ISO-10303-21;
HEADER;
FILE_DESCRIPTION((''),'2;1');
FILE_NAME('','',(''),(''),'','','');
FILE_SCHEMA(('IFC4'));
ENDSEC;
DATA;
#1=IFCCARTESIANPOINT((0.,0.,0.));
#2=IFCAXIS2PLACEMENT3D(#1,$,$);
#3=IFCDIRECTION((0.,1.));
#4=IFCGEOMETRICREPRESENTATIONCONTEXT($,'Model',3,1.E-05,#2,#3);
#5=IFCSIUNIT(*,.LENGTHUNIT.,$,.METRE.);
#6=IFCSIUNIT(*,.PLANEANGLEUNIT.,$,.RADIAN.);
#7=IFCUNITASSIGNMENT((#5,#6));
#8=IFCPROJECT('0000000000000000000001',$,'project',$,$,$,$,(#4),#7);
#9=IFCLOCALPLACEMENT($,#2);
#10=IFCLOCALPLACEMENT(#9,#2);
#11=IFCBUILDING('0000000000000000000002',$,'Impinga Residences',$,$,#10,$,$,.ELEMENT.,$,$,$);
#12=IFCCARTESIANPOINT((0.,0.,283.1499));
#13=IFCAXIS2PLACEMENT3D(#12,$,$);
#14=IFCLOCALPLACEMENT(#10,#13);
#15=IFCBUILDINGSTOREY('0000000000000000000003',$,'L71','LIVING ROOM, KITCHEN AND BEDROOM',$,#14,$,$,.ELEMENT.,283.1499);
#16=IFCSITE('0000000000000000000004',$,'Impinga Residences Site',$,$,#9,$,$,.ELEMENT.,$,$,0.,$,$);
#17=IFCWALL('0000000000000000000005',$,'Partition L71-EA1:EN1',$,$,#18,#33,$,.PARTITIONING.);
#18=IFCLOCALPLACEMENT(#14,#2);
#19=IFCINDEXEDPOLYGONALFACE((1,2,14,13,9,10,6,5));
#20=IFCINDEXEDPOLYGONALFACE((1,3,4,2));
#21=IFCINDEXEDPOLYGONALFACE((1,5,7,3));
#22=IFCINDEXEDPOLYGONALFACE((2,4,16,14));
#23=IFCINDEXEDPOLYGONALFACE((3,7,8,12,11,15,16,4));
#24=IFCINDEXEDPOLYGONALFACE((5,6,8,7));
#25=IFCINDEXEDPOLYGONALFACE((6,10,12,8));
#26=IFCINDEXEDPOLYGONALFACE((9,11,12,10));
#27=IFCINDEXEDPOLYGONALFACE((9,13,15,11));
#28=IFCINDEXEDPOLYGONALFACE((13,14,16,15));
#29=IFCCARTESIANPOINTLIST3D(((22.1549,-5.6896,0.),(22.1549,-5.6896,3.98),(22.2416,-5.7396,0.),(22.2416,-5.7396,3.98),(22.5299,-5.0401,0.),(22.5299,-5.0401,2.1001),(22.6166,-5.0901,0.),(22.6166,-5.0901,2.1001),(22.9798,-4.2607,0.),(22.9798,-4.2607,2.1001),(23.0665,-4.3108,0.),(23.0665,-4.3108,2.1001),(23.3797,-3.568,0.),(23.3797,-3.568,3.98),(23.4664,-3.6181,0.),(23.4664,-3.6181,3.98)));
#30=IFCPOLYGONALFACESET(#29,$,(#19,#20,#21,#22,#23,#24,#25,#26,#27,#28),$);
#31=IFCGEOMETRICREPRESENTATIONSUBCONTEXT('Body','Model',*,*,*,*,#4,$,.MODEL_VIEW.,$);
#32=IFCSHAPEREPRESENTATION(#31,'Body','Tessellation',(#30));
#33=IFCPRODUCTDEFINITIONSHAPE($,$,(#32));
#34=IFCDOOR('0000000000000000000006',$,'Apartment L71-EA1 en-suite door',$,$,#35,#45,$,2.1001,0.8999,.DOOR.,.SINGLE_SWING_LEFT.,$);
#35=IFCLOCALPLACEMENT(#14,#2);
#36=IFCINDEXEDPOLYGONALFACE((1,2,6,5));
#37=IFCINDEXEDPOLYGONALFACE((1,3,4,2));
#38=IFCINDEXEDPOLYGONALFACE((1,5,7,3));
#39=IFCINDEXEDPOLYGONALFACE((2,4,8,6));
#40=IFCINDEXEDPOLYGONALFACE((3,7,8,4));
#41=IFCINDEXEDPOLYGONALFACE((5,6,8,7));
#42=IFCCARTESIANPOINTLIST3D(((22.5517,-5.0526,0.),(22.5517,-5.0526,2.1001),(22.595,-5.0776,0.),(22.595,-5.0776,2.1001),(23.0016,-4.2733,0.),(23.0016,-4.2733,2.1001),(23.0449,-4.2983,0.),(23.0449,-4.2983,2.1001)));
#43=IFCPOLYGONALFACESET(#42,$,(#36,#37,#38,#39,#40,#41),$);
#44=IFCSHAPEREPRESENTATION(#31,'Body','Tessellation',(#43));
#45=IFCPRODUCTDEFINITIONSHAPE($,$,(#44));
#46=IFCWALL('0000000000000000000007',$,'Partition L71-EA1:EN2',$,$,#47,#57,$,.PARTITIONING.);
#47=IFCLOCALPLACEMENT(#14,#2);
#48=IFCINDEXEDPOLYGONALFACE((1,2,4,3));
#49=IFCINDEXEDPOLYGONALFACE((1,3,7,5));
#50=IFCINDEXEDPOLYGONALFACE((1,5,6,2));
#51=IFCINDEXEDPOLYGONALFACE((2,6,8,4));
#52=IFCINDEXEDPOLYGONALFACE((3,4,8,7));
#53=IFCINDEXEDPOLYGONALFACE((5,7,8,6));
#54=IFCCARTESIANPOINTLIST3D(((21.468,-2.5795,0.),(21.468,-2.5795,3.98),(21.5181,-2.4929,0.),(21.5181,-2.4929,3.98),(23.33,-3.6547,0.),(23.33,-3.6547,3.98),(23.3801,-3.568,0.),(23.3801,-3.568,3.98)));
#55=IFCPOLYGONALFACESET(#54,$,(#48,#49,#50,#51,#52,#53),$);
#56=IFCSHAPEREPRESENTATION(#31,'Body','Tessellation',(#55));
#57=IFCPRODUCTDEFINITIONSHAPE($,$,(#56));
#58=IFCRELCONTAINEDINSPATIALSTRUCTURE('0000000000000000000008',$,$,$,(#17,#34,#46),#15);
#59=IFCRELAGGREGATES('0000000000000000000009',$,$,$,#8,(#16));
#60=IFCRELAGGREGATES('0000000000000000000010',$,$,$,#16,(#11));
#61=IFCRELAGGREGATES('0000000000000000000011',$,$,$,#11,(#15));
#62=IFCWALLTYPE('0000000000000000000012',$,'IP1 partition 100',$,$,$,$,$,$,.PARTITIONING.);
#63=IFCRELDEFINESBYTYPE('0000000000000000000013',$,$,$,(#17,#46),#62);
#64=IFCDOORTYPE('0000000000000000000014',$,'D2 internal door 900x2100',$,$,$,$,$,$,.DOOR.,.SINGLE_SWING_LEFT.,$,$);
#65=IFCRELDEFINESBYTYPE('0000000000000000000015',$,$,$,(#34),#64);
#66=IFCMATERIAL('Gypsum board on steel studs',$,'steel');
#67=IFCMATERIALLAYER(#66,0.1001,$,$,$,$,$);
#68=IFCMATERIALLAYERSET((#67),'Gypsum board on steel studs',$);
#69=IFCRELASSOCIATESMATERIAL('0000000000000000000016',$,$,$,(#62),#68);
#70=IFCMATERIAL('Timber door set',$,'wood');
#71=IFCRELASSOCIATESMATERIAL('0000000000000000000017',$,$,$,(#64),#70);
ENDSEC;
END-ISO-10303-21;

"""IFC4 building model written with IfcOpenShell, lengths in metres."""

from ifc_helpers import new_model, si_unit, direction, frame, frame_2d, origin, place, context, subcontext, project, spatial, rectangle, extrude, material, layer, layer_set, type_object, element, fill, save


model = new_model("IFC4")

# Units and contexts
model_context = context("Model", 3, precision=1e-05, world=origin(), true_north=direction((0.0, 1.0)))
body_context = subcontext(model_context, "Body", "Model", "MODEL_VIEW")
ifc_project = project(units=[si_unit("LENGTHUNIT", "METRE"), si_unit("PLANEANGLEUNIT", "RADIAN")], contexts=[model_context])

# Site, building, storey
site_placement = place(None, origin())
site = spatial("IfcSite", under=ifc_project, at=site_placement, Name="Impinga Residences Site", CompositionType="ELEMENT", RefElevation=0.0)
building_placement = place(site_placement, origin())
building = spatial("IfcBuilding", under=site, at=building_placement, Name="Impinga Residences", CompositionType="ELEMENT")
storey_placement = place(building_placement, frame((0.0, 0.0, 283.1499)))
storey = spatial("IfcBuildingStorey", under=building, at=storey_placement, Name="L71", Description="LIVING ROOM, KITCHEN AND BEDROOM", CompositionType="ELEMENT", Elevation=283.1499)

# Shared definitions
ifc_material_1 = material(Name="Gypsum board on steel studs", Category="steel")
ifc_layer_1 = layer(ifc_material_1, 0.1001)
ifc_layer_set_1 = layer_set([ifc_layer_1], Name="Gypsum board on steel studs")
wall_type_1 = type_object("IfcWallType", Name="IP1 partition 100", PredefinedType="PARTITIONING", material=ifc_layer_set_1)

# Wall, opening, door
wall_1_placement = place(storey_placement, frame((22.1982, -5.7146, 0.0), z_axis=(0.0, 0.0, 1.0), x_axis=(0.499987, 0.866033, 0.0)))
wall_1 = element("IfcWall", 1, at=wall_1_placement, inside=storey, type_object=wall_type_1, Name="Partition L71-EA1:EN1", PredefinedType="PARTITIONING", context=body_context, shape_type="SweptSolid", body=[
    extrude(rectangle(XDim=2.4497, YDim=0.1001, at=frame_2d((1.2249, 0.0))), origin(), (0.0, 0.0, 1.0), 3.98),
])
opening_placement = place(wall_1_placement, frame((0.75, 0.0, 0.0)))
opening = element("IfcOpeningElement", 2, at=opening_placement, cuts=wall_1, PredefinedType="OPENING", context=body_context, shape_type="SweptSolid", body=[
    extrude(rectangle(XDim=0.8999, YDim=2.1001, at=frame_2d((0.45, 1.05))), frame((0.0, 0.0601, 0.0), z_axis=(0.0, -1.0, 0.0), x_axis=(1.0, 0.0, 0.0)), (0.0, 0.0, 1.0), 0.1201),
])
ifc_material_2 = material(Name="Timber door set", Category="wood")
door_type = type_object("IfcDoorType", Name="D2 internal door 900x2100", OperationType="SINGLE_SWING_LEFT", PredefinedType="DOOR", material=ifc_material_2)
door_placement = place(opening_placement, origin())
door = element("IfcDoor", 3, at=door_placement, inside=storey, type_object=door_type, Name="Apartment L71-EA1 en-suite door", OperationType="SINGLE_SWING_LEFT", OverallHeight=2.1001, OverallWidth=0.8999, PredefinedType="DOOR", context=body_context, shape_type="SweptSolid", body=[
    extrude(rectangle(XDim=0.8999, YDim=2.1001, at=frame_2d((0.45, 1.05))), frame((0.0, 0.0249, 0.0), z_axis=(0.0, -1.0, 0.0), x_axis=(1.0, 0.0, 0.0)), (0.0, 0.0, 1.0), 0.05),
])
fill(opening, door)

# Wall
wall_2_placement = place(storey_placement, frame((21.4929, -2.5361, 0.0), z_axis=(0.0, 0.0, 1.0), x_axis=(0.865998, -0.500047, 0.0)))
element("IfcWall", 4, at=wall_2_placement, inside=storey, type_object=wall_type_1, Name="Partition L71-EA1:EN2", PredefinedType="PARTITIONING", context=body_context, shape_type="SweptSolid", body=[
    extrude(rectangle(XDim=2.1501, YDim=0.1001, at=frame_2d((1.0752, 0.0))), origin(), (0.0, 0.0, 1.0), 3.98),
])

save(model, "model.ifc")
